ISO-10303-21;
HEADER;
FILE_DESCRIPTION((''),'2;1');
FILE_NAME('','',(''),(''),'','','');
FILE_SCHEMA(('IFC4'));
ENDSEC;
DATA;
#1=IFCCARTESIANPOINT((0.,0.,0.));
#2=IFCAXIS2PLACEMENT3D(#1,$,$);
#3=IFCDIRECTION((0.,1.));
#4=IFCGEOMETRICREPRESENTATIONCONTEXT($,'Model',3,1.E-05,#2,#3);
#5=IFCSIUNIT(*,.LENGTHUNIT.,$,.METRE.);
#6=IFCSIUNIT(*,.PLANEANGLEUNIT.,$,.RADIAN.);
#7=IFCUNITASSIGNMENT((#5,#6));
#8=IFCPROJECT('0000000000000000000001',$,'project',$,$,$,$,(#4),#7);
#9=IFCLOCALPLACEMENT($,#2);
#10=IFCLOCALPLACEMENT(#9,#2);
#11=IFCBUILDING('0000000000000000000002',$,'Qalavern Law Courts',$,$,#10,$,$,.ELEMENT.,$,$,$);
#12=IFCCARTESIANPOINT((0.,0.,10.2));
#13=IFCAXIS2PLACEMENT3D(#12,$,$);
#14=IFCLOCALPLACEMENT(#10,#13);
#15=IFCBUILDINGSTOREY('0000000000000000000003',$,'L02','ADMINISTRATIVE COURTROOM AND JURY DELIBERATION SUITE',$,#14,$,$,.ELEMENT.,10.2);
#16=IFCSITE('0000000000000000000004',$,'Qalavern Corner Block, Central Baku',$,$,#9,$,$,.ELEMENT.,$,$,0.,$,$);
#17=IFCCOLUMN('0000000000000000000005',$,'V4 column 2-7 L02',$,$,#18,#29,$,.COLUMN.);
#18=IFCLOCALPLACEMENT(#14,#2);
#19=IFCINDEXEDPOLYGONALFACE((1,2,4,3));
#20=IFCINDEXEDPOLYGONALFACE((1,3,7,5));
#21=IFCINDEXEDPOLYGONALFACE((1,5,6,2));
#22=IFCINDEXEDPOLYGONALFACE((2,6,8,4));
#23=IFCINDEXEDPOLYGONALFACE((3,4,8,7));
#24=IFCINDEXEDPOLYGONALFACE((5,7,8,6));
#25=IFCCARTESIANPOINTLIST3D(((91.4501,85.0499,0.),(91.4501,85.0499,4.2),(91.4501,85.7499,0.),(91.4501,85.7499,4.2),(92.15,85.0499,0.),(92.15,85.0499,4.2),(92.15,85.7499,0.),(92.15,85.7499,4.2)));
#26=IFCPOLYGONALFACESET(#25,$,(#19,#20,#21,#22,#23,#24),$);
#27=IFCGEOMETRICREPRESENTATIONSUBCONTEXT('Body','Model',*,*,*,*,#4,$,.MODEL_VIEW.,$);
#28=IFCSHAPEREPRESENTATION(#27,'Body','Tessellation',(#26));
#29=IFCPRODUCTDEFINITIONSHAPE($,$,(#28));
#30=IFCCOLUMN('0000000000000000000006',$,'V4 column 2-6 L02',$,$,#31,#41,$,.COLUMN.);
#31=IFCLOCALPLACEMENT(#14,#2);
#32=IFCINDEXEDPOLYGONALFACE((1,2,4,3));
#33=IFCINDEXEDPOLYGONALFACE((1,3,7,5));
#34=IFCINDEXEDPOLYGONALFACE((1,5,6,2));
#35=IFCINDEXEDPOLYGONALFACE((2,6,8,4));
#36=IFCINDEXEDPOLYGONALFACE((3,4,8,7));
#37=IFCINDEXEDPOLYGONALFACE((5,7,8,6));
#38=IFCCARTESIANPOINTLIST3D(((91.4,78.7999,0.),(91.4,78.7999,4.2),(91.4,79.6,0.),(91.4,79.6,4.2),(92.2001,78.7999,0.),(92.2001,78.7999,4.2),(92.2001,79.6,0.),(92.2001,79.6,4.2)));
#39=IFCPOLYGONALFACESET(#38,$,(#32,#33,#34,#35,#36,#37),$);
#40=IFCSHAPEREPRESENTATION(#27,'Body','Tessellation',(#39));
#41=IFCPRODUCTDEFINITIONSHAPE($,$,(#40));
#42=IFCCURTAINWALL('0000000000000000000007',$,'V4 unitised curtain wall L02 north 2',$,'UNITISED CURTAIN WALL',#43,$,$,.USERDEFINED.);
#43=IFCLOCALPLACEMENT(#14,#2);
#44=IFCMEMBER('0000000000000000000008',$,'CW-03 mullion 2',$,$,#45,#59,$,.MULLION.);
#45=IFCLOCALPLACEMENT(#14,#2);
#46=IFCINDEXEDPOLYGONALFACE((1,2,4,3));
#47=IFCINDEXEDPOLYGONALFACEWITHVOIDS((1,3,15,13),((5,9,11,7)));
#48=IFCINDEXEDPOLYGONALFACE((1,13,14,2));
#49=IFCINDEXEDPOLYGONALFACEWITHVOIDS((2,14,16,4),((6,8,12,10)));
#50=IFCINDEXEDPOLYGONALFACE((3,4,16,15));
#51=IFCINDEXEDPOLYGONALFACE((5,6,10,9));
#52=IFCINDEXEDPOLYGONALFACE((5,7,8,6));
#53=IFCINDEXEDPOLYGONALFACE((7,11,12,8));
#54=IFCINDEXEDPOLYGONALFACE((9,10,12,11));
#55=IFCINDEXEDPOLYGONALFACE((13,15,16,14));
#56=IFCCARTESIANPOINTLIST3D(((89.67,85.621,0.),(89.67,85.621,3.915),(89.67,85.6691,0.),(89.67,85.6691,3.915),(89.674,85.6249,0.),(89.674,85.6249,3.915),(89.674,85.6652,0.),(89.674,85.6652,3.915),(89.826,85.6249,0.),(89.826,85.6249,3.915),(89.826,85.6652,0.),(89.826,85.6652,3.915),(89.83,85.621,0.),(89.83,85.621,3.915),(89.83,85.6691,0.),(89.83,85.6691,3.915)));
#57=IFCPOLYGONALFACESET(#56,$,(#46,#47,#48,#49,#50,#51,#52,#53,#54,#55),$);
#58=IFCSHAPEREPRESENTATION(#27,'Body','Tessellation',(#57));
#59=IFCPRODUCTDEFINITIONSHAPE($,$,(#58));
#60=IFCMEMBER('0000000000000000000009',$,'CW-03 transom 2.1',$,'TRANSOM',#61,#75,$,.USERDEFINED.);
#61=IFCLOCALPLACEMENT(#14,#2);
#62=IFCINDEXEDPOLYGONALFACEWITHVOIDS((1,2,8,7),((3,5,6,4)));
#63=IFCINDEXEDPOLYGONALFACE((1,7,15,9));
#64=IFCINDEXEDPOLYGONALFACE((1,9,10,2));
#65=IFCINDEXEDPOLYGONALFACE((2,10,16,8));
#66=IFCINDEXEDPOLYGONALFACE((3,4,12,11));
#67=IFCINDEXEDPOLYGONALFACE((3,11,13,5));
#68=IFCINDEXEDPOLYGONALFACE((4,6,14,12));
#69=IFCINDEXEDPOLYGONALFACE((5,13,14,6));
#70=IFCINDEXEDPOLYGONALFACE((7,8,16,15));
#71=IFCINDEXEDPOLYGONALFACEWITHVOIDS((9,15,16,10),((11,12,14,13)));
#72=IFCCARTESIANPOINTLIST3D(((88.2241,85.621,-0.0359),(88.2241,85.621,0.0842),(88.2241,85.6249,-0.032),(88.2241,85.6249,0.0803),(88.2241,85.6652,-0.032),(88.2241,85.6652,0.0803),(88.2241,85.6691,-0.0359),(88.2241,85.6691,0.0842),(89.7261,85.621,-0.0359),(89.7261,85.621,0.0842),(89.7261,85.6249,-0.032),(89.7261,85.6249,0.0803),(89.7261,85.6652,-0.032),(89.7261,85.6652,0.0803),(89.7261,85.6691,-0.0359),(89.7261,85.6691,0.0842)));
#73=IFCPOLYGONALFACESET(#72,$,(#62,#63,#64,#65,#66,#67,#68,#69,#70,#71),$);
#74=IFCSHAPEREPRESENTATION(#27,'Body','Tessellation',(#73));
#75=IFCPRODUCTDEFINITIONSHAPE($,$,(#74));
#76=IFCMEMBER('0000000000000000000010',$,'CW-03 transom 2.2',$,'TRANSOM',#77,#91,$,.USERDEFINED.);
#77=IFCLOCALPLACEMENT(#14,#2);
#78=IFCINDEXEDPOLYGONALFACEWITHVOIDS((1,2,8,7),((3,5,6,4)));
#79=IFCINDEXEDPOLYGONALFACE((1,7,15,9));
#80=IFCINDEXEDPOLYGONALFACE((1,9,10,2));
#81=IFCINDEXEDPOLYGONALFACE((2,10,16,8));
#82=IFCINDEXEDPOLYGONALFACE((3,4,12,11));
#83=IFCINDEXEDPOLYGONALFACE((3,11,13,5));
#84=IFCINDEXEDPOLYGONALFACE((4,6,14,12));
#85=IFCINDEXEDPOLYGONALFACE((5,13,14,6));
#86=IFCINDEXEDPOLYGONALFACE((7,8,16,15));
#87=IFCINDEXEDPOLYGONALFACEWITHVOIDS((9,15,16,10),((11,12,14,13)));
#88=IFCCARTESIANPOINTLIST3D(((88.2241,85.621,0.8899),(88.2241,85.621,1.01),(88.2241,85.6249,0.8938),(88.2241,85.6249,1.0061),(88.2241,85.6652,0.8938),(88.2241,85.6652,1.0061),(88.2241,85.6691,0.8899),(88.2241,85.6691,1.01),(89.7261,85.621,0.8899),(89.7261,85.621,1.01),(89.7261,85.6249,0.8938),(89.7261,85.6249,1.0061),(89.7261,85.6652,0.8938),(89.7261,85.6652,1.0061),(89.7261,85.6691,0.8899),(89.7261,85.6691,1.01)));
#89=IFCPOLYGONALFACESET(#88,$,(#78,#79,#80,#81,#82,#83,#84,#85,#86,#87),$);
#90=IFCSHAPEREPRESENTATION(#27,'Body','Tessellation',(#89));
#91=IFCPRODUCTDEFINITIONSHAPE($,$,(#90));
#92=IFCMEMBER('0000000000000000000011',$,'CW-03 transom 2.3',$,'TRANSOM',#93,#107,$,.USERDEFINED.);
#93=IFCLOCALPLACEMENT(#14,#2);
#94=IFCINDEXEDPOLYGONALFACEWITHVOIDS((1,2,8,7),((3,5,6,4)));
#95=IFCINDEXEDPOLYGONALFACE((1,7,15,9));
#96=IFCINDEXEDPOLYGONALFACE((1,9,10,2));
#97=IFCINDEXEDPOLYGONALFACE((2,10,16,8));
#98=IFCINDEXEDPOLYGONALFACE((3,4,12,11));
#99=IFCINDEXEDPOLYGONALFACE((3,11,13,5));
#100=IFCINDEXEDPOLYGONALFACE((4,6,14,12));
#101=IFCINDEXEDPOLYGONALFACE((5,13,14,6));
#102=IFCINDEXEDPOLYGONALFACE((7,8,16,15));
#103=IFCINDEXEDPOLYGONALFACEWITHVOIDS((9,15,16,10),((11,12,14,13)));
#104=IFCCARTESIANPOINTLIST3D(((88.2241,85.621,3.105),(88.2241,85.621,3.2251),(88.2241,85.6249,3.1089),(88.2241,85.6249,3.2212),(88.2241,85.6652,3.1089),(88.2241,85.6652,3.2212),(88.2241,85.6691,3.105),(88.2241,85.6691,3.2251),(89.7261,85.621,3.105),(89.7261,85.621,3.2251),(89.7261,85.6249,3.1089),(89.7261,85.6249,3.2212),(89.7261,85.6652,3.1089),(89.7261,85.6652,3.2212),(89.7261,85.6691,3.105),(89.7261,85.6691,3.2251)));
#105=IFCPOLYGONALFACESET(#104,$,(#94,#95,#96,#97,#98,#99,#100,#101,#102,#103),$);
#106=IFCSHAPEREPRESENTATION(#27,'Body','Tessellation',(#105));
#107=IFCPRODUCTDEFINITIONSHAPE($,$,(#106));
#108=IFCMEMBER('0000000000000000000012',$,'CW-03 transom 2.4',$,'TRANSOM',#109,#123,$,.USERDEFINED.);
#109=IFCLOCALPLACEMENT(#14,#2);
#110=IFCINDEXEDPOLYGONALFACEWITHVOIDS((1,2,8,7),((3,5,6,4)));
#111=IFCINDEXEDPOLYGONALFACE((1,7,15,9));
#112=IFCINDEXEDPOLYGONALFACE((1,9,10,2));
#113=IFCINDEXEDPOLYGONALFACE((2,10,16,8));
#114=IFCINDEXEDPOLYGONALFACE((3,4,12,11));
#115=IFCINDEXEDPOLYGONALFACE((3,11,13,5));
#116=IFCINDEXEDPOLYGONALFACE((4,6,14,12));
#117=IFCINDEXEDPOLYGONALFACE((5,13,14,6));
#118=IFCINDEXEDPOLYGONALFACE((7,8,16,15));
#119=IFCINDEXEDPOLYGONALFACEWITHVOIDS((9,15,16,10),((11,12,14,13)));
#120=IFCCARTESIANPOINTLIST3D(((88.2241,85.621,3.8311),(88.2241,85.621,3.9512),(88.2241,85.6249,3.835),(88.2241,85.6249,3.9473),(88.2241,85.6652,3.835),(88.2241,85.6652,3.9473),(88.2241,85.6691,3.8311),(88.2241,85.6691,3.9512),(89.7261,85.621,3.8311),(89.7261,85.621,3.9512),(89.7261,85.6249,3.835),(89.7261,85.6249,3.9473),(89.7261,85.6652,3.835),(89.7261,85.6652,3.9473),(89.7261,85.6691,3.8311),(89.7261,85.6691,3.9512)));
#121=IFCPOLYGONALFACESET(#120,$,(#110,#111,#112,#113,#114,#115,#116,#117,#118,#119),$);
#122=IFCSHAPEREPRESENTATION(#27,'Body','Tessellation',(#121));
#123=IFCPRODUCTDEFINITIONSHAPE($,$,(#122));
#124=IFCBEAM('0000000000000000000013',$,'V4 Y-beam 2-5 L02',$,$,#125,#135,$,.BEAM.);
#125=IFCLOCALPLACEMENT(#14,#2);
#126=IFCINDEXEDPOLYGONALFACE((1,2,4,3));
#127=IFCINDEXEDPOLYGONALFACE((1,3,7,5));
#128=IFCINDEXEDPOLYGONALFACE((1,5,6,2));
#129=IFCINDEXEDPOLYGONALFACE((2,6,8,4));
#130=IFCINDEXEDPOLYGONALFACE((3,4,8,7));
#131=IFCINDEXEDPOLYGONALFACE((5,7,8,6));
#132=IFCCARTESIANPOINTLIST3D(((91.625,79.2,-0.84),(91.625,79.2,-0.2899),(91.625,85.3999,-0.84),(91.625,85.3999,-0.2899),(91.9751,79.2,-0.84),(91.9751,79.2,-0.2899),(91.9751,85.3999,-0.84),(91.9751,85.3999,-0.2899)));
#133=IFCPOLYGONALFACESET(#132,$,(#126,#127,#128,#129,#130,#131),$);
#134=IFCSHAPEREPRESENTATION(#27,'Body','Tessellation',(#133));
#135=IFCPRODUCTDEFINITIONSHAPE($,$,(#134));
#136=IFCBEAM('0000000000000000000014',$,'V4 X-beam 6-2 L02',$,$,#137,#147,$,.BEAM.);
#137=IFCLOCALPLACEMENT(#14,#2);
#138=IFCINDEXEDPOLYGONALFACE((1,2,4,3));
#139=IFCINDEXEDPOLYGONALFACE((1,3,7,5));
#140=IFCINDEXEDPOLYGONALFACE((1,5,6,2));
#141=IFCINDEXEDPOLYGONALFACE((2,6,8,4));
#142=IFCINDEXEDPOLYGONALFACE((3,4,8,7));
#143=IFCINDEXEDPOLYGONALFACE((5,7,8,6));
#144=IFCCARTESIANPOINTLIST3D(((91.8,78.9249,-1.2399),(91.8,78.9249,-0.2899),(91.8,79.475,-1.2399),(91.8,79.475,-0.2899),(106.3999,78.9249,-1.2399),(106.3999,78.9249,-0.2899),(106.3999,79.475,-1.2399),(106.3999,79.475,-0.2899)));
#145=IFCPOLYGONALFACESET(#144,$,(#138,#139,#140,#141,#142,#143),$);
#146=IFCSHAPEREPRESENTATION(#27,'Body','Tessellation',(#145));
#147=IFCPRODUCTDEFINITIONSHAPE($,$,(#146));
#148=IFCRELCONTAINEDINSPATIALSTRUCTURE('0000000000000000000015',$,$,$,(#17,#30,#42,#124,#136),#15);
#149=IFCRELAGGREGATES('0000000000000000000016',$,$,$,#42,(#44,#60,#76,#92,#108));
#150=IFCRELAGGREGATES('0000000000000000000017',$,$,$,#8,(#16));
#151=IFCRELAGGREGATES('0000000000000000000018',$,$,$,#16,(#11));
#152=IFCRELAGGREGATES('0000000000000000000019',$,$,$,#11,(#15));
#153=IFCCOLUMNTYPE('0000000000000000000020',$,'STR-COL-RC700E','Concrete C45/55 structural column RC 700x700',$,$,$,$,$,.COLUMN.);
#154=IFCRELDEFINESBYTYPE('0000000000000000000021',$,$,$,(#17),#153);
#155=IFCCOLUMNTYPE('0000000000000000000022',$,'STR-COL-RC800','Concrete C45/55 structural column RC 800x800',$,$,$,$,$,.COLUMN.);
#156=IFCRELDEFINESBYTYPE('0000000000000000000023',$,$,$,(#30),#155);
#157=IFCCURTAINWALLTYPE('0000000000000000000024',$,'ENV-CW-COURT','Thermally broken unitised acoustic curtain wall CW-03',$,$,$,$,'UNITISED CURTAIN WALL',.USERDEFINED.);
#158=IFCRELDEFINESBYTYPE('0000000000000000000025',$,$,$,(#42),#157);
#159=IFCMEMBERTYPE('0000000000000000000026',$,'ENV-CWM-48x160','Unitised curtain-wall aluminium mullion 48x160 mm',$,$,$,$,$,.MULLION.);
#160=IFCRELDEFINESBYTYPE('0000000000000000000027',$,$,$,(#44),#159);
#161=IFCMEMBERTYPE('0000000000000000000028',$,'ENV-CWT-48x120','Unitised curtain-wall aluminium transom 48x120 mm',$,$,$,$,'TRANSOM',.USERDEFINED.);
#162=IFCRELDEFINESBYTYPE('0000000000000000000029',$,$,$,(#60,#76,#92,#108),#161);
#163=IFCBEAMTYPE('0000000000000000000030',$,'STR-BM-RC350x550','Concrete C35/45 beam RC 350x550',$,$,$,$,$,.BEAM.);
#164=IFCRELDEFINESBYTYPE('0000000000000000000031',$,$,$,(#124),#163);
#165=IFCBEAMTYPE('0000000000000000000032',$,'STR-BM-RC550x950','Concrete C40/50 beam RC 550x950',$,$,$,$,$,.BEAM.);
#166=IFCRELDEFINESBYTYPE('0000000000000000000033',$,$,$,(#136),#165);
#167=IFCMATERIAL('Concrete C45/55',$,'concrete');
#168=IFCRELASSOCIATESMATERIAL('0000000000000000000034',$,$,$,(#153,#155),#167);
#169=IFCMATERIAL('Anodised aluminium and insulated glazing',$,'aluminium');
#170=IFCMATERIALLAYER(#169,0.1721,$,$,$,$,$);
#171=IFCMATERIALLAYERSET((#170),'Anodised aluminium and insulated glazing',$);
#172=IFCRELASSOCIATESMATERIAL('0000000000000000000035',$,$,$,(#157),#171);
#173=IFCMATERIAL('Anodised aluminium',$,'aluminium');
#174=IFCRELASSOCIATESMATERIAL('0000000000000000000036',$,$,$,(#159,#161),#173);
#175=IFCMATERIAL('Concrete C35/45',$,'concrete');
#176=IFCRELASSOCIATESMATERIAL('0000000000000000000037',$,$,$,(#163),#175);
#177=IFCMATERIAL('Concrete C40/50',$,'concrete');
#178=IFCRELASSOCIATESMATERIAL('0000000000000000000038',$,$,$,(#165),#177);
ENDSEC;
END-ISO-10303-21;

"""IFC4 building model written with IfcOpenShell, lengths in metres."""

from ifc_helpers import new_model, si_unit, direction, frame, origin, origin_2d, place, context, subcontext, project, spatial, rectangle, hollow_rectangle, extrude, material, layer, layer_set, material_profile, profile_set, type_object, element, aggregate, save


model = new_model("IFC4")

# Units and contexts
model_context = context("Model", 3, precision=1e-05, world=origin(), true_north=direction((0.0, 1.0)))
body_context = subcontext(model_context, "Body", "Model", "MODEL_VIEW")
ifc_project = project(units=[si_unit("LENGTHUNIT", "METRE"), si_unit("PLANEANGLEUNIT", "RADIAN")], contexts=[model_context])

# Site, building, storey
site_placement = place(None, origin())
site = spatial("IfcSite", under=ifc_project, at=site_placement, Name="Qalavern Corner Block, Central Baku", CompositionType="ELEMENT", RefElevation=0.0)
building_placement = place(site_placement, origin())
building = spatial("IfcBuilding", under=site, at=building_placement, Name="Qalavern Law Courts", CompositionType="ELEMENT")
storey_placement = place(building_placement, frame((0.0, 0.0, 10.2)))
storey = spatial("IfcBuildingStorey", under=building, at=storey_placement, Name="L02", Description="ADMINISTRATIVE COURTROOM AND JURY DELIBERATION SUITE", CompositionType="ELEMENT", Elevation=10.2)

# Columns
ifc_material_1 = material(Name="Concrete C45/55", Category="concrete")
ifc_material_profile_1 = material_profile(ifc_material_1, rectangle(XDim=0.7, YDim=0.7, at=origin_2d()), Name="RC 700x700")
ifc_profile_set_1 = profile_set([ifc_material_profile_1], Name="Concrete C45/55")
column_type_1 = type_object("IfcColumnType", Name="STR-COL-RC700E", Description="Concrete C45/55 structural column RC 700x700", PredefinedType="COLUMN", material=ifc_profile_set_1)
column_1_placement = place(storey_placement, frame((91.8, 85.3999, 0.0), z_axis=(0.0, 0.0, 1.0), x_axis=(1.0, 0.0, 0.0)))
element("IfcColumn", 1, at=column_1_placement, inside=storey, type_object=column_type_1, Name="V4 column 2-7 L02", PredefinedType="COLUMN", context=body_context, shape_type="SweptSolid", body=[
    extrude(rectangle(XDim=0.7, YDim=0.7, at=origin_2d()), origin(), (0.0, 0.0, 1.0), 4.2),
])
ifc_material_profile_2 = material_profile(ifc_material_1, rectangle(XDim=0.8, YDim=0.8, at=origin_2d()), Name="RC 800x800")
ifc_profile_set_2 = profile_set([ifc_material_profile_2], Name="Concrete C45/55")
column_type_2 = type_object("IfcColumnType", Name="STR-COL-RC800", Description="Concrete C45/55 structural column RC 800x800", PredefinedType="COLUMN", material=ifc_profile_set_2)
column_2_placement = place(storey_placement, frame((91.8, 79.2, 0.0), z_axis=(0.0, 0.0, 1.0), x_axis=(1.0, 0.0, 0.0)))
element("IfcColumn", 2, at=column_2_placement, inside=storey, type_object=column_type_2, Name="V4 column 2-6 L02", PredefinedType="COLUMN", context=body_context, shape_type="SweptSolid", body=[
    extrude(rectangle(XDim=0.8, YDim=0.8, at=origin_2d()), origin(), (0.0, 0.0, 1.0), 4.2),
])

# Curtain wall, members
ifc_material_2 = material(Name="Anodised aluminium and insulated glazing", Category="aluminium")
ifc_layer_1 = layer(ifc_material_2, 0.1721)
ifc_layer_set_1 = layer_set([ifc_layer_1], Name="Anodised aluminium and insulated glazing")
curtain_wall_type = type_object("IfcCurtainWallType", Name="ENV-CW-COURT", Description="Thermally broken unitised acoustic curtain wall CW-03", ElementType="UNITISED CURTAIN WALL", PredefinedType="USERDEFINED", material=ifc_layer_set_1)
curtain_wall_placement = place(storey_placement, origin())
curtain_wall = element("IfcCurtainWall", 3, at=curtain_wall_placement, inside=storey, type_object=curtain_wall_type, Name="V4 unitised curtain wall L02 north 2", ObjectType="UNITISED CURTAIN WALL", PredefinedType="USERDEFINED")
ifc_material_3 = material(Name="Anodised aluminium", Category="aluminium")
ifc_material_profile_3 = material_profile(ifc_material_3, hollow_rectangle(XDim=0.0481, YDim=0.1599, WallThickness=0.0039, at=origin_2d()), Name="ALU MULLION 48x160")
ifc_profile_set_3 = profile_set([ifc_material_profile_3], Name="Anodised aluminium")
member_type_1 = type_object("IfcMemberType", Name="ENV-CWM-48x160", Description="Unitised curtain-wall aluminium mullion 48x160 mm", PredefinedType="MULLION", material=ifc_profile_set_3)
member_1_placement = place(storey_placement, frame((89.75, 85.645, 0.0), z_axis=(0.0, 0.0, 1.0), x_axis=(0.0, -1.0, 0.0)))
member_1 = element("IfcMember", 4, at=member_1_placement, type_object=member_type_1, Name="CW-03 mullion 2", PredefinedType="MULLION", context=body_context, shape_type="SweptSolid", body=[
    extrude(hollow_rectangle(XDim=0.0481, YDim=0.1599, WallThickness=0.0039, at=origin_2d()), origin(), (0.0, 0.0, 1.0), 3.915),
])
ifc_material_profile_4 = material_profile(ifc_material_3, hollow_rectangle(XDim=0.0481, YDim=0.1201, WallThickness=0.0039, at=origin_2d()), Name="ALU TRANSOM 48x120")
ifc_profile_set_4 = profile_set([ifc_material_profile_4], Name="Anodised aluminium")
member_type_2 = type_object("IfcMemberType", Name="ENV-CWT-48x120", Description="Unitised curtain-wall aluminium transom 48x120 mm", ElementType="TRANSOM", PredefinedType="USERDEFINED", material=ifc_profile_set_4)
member_2_placement = place(storey_placement, frame((89.7261, 85.645, 0.0242), z_axis=(-1.0, 0.0, 0.0), x_axis=(0.0, -1.0, 0.0)))
member_2 = element("IfcMember", 5, at=member_2_placement, type_object=member_type_2, Name="CW-03 transom 2.1", ObjectType="TRANSOM", PredefinedType="USERDEFINED", context=body_context, shape_type="SweptSolid", body=[
    extrude(hollow_rectangle(XDim=0.0481, YDim=0.1201, WallThickness=0.0039, at=origin_2d()), origin(), (0.0, 0.0, 1.0), 1.502),
])
member_3_placement = place(storey_placement, frame((89.7261, 85.645, 0.95), z_axis=(-1.0, 0.0, 0.0), x_axis=(0.0, -1.0, 0.0)))
member_3 = element("IfcMember", 6, at=member_3_placement, type_object=member_type_2, Name="CW-03 transom 2.2", ObjectType="TRANSOM", PredefinedType="USERDEFINED", context=body_context, shape_type="SweptSolid", body=[
    extrude(hollow_rectangle(XDim=0.0481, YDim=0.1201, WallThickness=0.0039, at=origin_2d()), origin(), (0.0, 0.0, 1.0), 1.502),
])
member_4_placement = place(storey_placement, frame((89.7261, 85.645, 3.165), z_axis=(-1.0, 0.0, 0.0), x_axis=(0.0, -1.0, 0.0)))
member_4 = element("IfcMember", 7, at=member_4_placement, type_object=member_type_2, Name="CW-03 transom 2.3", ObjectType="TRANSOM", PredefinedType="USERDEFINED", context=body_context, shape_type="SweptSolid", body=[
    extrude(hollow_rectangle(XDim=0.0481, YDim=0.1201, WallThickness=0.0039, at=origin_2d()), origin(), (0.0, 0.0, 1.0), 1.502),
])
member_5_placement = place(storey_placement, frame((89.7261, 85.645, 3.8911), z_axis=(-1.0, 0.0, 0.0), x_axis=(0.0, -1.0, 0.0)))
member_5 = element("IfcMember", 8, at=member_5_placement, type_object=member_type_2, Name="CW-03 transom 2.4", ObjectType="TRANSOM", PredefinedType="USERDEFINED", context=body_context, shape_type="SweptSolid", body=[
    extrude(hollow_rectangle(XDim=0.0481, YDim=0.1201, WallThickness=0.0039, at=origin_2d()), origin(), (0.0, 0.0, 1.0), 1.502),
])

# Beams
ifc_material_4 = material(Name="Concrete C35/45", Category="concrete")
ifc_material_profile_5 = material_profile(ifc_material_4, rectangle(XDim=0.3501, YDim=0.55, at=origin_2d()), Name="RC 350x550")
ifc_profile_set_5 = profile_set([ifc_material_profile_5], Name="Concrete C35/45")
beam_type_1 = type_object("IfcBeamType", Name="STR-BM-RC350x550", Description="Concrete C35/45 beam RC 350x550", PredefinedType="BEAM", material=ifc_profile_set_5)
beam_1_placement = place(storey_placement, frame((91.8, 79.2, -0.5649), z_axis=(0.0, 1.0, 0.0), x_axis=(-1.0, 0.0, 0.0)))
element("IfcBeam", 9, at=beam_1_placement, inside=storey, type_object=beam_type_1, Name="V4 Y-beam 2-5 L02", PredefinedType="BEAM", context=body_context, shape_type="SweptSolid", body=[
    extrude(rectangle(XDim=0.3501, YDim=0.55, at=origin_2d()), origin(), (0.0, 0.0, 1.0), 6.2),
])
ifc_material_5 = material(Name="Concrete C40/50", Category="concrete")
ifc_material_profile_6 = material_profile(ifc_material_5, rectangle(XDim=0.55, YDim=0.95, at=origin_2d()), Name="RC 550x950")
ifc_profile_set_6 = profile_set([ifc_material_profile_6], Name="Concrete C40/50")
beam_type_2 = type_object("IfcBeamType", Name="STR-BM-RC550x950", Description="Concrete C40/50 beam RC 550x950", PredefinedType="BEAM", material=ifc_profile_set_6)
beam_2_placement = place(storey_placement, frame((91.8, 79.2, -0.7649), z_axis=(1.0, 0.0, 0.0), x_axis=(0.0, 1.0, 0.0)))
element("IfcBeam", 10, at=beam_2_placement, inside=storey, type_object=beam_type_2, Name="V4 X-beam 6-2 L02", PredefinedType="BEAM", context=body_context, shape_type="SweptSolid", body=[
    extrude(rectangle(XDim=0.55, YDim=0.95, at=origin_2d()), origin(), (0.0, 0.0, 1.0), 14.5999),
])

aggregate(curtain_wall, [member_1, member_2, member_3, member_4, member_5])

save(model, "model.ifc")
